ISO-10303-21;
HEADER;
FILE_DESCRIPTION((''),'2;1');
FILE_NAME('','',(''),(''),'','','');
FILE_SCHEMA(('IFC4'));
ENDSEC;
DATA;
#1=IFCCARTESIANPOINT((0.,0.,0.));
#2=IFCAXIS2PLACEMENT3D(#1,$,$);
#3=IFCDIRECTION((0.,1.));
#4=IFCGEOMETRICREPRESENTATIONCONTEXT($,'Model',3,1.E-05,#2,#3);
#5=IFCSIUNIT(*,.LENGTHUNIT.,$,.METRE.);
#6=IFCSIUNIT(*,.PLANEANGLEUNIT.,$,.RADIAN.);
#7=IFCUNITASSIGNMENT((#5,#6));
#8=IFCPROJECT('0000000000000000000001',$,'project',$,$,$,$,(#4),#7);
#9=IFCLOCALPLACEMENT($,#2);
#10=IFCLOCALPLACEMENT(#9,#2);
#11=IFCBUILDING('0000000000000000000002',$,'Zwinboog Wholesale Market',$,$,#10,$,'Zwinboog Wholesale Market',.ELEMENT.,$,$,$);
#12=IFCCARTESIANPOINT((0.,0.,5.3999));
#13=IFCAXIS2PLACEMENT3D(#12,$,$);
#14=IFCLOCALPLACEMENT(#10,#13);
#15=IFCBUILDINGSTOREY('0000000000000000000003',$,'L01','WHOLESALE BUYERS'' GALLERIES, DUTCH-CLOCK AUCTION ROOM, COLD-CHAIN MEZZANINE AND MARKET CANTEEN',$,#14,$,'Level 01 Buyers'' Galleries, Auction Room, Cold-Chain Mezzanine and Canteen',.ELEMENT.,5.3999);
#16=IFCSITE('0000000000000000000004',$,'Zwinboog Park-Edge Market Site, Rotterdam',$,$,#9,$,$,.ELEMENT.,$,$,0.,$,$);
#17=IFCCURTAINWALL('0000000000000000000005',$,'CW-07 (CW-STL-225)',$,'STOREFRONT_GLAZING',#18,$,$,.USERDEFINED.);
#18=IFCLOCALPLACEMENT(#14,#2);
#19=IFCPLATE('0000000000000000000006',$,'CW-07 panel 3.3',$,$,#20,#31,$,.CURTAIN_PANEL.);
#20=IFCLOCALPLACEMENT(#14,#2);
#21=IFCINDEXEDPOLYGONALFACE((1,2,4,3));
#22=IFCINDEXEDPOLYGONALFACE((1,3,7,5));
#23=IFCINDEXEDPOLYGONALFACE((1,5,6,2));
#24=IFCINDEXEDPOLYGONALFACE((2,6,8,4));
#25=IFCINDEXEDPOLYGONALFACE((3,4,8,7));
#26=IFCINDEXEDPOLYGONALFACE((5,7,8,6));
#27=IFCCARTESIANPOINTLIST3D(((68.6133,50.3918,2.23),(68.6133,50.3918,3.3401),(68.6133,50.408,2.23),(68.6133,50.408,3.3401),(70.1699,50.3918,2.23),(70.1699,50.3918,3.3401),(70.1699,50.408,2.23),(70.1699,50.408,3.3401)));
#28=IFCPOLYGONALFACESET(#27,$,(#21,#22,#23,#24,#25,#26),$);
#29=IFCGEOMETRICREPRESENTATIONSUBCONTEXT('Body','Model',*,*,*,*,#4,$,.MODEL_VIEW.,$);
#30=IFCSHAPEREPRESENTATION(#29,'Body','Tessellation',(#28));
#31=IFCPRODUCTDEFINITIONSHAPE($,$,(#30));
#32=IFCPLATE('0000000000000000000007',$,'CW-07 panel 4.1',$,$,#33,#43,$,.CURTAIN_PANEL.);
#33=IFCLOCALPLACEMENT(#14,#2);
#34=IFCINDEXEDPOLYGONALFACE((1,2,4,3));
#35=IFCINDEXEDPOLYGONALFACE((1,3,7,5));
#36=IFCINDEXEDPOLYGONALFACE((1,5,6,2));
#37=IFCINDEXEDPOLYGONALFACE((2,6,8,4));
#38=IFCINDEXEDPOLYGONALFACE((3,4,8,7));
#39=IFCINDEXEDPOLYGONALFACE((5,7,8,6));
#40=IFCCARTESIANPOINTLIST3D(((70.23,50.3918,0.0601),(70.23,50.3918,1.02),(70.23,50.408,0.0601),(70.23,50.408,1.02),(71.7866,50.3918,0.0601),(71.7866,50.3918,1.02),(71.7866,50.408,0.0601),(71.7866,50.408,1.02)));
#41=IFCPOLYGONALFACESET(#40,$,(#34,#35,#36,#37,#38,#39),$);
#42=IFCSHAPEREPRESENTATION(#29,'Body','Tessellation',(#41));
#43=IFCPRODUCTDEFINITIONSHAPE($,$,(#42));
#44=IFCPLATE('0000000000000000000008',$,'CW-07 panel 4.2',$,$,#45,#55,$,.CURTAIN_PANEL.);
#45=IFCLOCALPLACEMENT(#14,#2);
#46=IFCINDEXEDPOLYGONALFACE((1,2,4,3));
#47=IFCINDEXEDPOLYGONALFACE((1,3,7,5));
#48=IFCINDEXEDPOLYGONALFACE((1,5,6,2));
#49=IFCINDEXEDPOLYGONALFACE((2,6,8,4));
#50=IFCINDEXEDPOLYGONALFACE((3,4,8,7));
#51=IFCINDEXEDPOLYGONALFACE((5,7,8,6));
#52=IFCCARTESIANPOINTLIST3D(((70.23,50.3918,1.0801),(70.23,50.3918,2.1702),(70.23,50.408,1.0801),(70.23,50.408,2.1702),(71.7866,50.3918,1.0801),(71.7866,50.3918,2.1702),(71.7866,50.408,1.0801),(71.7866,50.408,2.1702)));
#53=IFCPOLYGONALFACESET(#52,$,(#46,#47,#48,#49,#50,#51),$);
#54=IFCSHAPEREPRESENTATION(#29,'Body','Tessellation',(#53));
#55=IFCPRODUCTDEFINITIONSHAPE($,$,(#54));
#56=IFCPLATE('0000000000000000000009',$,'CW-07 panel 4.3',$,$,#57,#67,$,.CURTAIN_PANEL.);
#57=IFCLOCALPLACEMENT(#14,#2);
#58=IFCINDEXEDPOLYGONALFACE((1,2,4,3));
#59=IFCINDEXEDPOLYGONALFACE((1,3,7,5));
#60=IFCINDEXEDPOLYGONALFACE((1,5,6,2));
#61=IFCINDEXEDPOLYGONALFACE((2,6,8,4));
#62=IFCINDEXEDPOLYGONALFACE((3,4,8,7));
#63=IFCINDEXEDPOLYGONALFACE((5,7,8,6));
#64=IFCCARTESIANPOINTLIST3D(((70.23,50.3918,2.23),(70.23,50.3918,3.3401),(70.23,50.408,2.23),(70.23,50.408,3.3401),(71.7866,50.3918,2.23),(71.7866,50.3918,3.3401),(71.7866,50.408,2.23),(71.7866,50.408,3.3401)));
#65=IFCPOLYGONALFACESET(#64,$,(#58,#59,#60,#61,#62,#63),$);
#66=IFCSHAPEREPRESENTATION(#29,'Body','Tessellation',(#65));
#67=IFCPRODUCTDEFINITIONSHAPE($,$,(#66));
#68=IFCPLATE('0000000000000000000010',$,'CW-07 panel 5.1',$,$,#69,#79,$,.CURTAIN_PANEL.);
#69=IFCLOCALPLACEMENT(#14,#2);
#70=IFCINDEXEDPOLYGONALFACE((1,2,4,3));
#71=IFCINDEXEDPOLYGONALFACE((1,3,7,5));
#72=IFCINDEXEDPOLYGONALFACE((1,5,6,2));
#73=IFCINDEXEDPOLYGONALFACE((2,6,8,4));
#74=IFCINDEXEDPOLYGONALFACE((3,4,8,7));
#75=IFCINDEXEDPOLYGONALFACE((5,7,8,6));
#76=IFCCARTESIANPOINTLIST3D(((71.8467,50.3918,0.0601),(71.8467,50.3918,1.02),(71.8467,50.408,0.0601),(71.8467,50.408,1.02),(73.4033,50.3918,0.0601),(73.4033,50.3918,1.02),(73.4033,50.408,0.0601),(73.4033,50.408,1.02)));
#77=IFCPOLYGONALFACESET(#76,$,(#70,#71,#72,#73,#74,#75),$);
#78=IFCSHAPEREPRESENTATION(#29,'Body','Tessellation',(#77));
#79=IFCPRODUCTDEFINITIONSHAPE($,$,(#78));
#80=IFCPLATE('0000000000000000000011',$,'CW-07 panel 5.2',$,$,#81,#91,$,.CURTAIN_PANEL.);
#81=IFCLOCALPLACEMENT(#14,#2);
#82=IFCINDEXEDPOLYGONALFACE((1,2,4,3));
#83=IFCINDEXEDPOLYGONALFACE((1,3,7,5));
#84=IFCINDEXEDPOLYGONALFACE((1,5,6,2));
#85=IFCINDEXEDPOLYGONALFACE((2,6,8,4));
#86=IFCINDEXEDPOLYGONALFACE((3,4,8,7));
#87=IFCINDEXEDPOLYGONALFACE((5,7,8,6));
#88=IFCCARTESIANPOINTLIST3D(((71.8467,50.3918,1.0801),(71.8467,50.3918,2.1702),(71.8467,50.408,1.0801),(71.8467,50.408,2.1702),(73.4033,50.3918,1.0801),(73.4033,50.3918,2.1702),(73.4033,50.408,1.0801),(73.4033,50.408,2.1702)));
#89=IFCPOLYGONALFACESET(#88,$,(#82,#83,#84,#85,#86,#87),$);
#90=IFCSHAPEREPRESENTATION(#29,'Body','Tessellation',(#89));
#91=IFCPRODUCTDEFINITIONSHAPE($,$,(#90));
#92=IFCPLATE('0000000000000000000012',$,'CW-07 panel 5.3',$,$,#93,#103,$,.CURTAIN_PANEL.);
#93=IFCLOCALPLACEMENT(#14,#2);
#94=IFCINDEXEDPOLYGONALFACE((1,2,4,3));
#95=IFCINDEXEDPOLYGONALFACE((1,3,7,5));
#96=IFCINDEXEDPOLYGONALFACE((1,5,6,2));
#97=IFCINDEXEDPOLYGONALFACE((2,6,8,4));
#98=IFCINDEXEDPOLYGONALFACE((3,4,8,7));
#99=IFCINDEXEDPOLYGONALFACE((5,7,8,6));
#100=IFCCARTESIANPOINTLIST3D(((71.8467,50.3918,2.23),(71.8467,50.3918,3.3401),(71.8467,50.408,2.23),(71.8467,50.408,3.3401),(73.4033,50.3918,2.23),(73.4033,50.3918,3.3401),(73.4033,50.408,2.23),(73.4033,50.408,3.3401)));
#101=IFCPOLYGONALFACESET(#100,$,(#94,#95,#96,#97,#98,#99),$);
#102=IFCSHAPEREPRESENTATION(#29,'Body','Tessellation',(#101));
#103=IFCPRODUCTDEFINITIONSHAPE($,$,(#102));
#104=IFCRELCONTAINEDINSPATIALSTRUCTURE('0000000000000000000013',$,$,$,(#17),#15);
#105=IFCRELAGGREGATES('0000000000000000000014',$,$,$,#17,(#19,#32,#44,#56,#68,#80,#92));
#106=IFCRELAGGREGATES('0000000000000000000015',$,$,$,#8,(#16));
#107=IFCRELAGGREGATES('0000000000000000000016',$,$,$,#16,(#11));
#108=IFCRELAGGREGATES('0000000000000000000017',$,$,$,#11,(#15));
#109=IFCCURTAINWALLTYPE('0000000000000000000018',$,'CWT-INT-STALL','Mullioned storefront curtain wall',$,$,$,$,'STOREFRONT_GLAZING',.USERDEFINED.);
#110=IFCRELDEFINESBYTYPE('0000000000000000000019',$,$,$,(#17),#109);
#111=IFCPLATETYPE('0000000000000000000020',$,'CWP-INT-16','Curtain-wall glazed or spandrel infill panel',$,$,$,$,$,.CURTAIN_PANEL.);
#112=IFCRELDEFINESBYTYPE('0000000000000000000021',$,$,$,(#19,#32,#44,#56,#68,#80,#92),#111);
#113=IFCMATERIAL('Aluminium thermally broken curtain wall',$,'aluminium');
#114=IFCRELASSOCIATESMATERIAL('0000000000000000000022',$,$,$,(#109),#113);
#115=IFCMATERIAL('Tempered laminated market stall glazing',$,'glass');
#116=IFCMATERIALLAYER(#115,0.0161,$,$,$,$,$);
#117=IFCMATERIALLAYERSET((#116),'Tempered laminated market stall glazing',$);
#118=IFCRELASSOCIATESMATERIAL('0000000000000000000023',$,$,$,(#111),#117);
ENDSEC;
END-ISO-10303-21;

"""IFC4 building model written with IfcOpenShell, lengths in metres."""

from ifc_helpers import new_model, si_unit, direction, frame, origin, origin_2d, place, context, subcontext, project, spatial, rectangle, extrude, material, layer, layer_set, type_object, element, aggregate, save


model = new_model("IFC4")

# Units and contexts
model_context = context("Model", 3, precision=1e-05, world=origin(), true_north=direction((0.0, 1.0)))
body_context = subcontext(model_context, "Body", "Model", "MODEL_VIEW")
ifc_project = project(units=[si_unit("LENGTHUNIT", "METRE"), si_unit("PLANEANGLEUNIT", "RADIAN")], contexts=[model_context])

# Site, building, storey
site_placement = place(None, origin())
site = spatial("IfcSite", under=ifc_project, at=site_placement, Name="Zwinboog Park-Edge Market Site, Rotterdam", CompositionType="ELEMENT", RefElevation=0.0)
building_placement = place(site_placement, origin())
building = spatial("IfcBuilding", under=site, at=building_placement, Name="Zwinboog Wholesale Market", LongName="Zwinboog Wholesale Market", CompositionType="ELEMENT")
storey_placement = place(building_placement, frame((0.0, 0.0, 5.3999)))
storey = spatial("IfcBuildingStorey", under=building, at=storey_placement, Name="L01", Description="WHOLESALE BUYERS' GALLERIES, DUTCH-CLOCK AUCTION ROOM, COLD-CHAIN MEZZANINE AND MARKET CANTEEN", LongName="Level 01 Buyers' Galleries, Auction Room, Cold-Chain Mezzanine and Canteen", CompositionType="ELEMENT", Elevation=5.3999)

# Curtain wall, plates
ifc_material_1 = material(Name="Aluminium thermally broken curtain wall", Category="aluminium")
curtain_wall_type = type_object("IfcCurtainWallType", Name="CWT-INT-STALL", Description="Mullioned storefront curtain wall", ElementType="STOREFRONT_GLAZING", PredefinedType="USERDEFINED", material=ifc_material_1)
curtain_wall_placement = place(storey_placement, origin())
curtain_wall = element("IfcCurtainWall", 1, at=curtain_wall_placement, inside=storey, type_object=curtain_wall_type, Name="CW-07 (CW-STL-225)", ObjectType="STOREFRONT_GLAZING", PredefinedType="USERDEFINED")
ifc_material_2 = material(Name="Tempered laminated market stall glazing", Category="glass")
ifc_layer = layer(ifc_material_2, 0.0161)
ifc_layer_set = layer_set([ifc_layer], Name="Tempered laminated market stall glazing")
plate_type = type_object("IfcPlateType", Name="CWP-INT-16", Description="Curtain-wall glazed or spandrel infill panel", PredefinedType="CURTAIN_PANEL", material=ifc_layer_set)
plate_1_placement = place(storey_placement, frame((69.3916, 50.3999, 2.23), z_axis=(0.0, 0.0, 1.0), x_axis=(1.0, 0.0, 0.0)))
plate_1 = element("IfcPlate", 2, at=plate_1_placement, type_object=plate_type, Name="CW-07 panel 3.3", PredefinedType="CURTAIN_PANEL", context=body_context, shape_type="SweptSolid", body=[
    extrude(rectangle(XDim=1.5566, YDim=0.0161, at=origin_2d()), origin(), (0.0, 0.0, 1.0), 1.1101),
])
plate_2_placement = place(storey_placement, frame((71.0083, 50.3999, 0.0601), z_axis=(0.0, 0.0, 1.0), x_axis=(1.0, 0.0, 0.0)))
plate_2 = element("IfcPlate", 3, at=plate_2_placement, type_object=plate_type, Name="CW-07 panel 4.1", PredefinedType="CURTAIN_PANEL", context=body_context, shape_type="SweptSolid", body=[
    extrude(rectangle(XDim=1.5566, YDim=0.0161, at=origin_2d()), origin(), (0.0, 0.0, 1.0), 0.96),
])
plate_3_placement = place(storey_placement, frame((71.0083, 50.3999, 1.0801), z_axis=(0.0, 0.0, 1.0), x_axis=(1.0, 0.0, 0.0)))
plate_3 = element("IfcPlate", 4, at=plate_3_placement, type_object=plate_type, Name="CW-07 panel 4.2", PredefinedType="CURTAIN_PANEL", context=body_context, shape_type="SweptSolid", body=[
    extrude(rectangle(XDim=1.5566, YDim=0.0161, at=origin_2d()), origin(), (0.0, 0.0, 1.0), 1.0901),
])
plate_4_placement = place(storey_placement, frame((71.0083, 50.3999, 2.23), z_axis=(0.0, 0.0, 1.0), x_axis=(1.0, 0.0, 0.0)))
plate_4 = element("IfcPlate", 5, at=plate_4_placement, type_object=plate_type, Name="CW-07 panel 4.3", PredefinedType="CURTAIN_PANEL", context=body_context, shape_type="SweptSolid", body=[
    extrude(rectangle(XDim=1.5566, YDim=0.0161, at=origin_2d()), origin(), (0.0, 0.0, 1.0), 1.1101),
])
plate_5_placement = place(storey_placement, frame((72.625, 50.3999, 0.0601), z_axis=(0.0, 0.0, 1.0), x_axis=(1.0, 0.0, 0.0)))
plate_5 = element("IfcPlate", 6, at=plate_5_placement, type_object=plate_type, Name="CW-07 panel 5.1", PredefinedType="CURTAIN_PANEL", context=body_context, shape_type="SweptSolid", body=[
    extrude(rectangle(XDim=1.5566, YDim=0.0161, at=origin_2d()), origin(), (0.0, 0.0, 1.0), 0.96),
])
plate_6_placement = place(storey_placement, frame((72.625, 50.3999, 1.0801), z_axis=(0.0, 0.0, 1.0), x_axis=(1.0, 0.0, 0.0)))
plate_6 = element("IfcPlate", 7, at=plate_6_placement, type_object=plate_type, Name="CW-07 panel 5.2", PredefinedType="CURTAIN_PANEL", context=body_context, shape_type="SweptSolid", body=[
    extrude(rectangle(XDim=1.5566, YDim=0.0161, at=origin_2d()), origin(), (0.0, 0.0, 1.0), 1.0901),
])
plate_7_placement = place(storey_placement, frame((72.625, 50.3999, 2.23), z_axis=(0.0, 0.0, 1.0), x_axis=(1.0, 0.0, 0.0)))
plate_7 = element("IfcPlate", 8, at=plate_7_placement, type_object=plate_type, Name="CW-07 panel 5.3", PredefinedType="CURTAIN_PANEL", context=body_context, shape_type="SweptSolid", body=[
    extrude(rectangle(XDim=1.5566, YDim=0.0161, at=origin_2d()), origin(), (0.0, 0.0, 1.0), 1.1101),
])
aggregate(curtain_wall, [plate_1, plate_2, plate_3, plate_4, plate_5, plate_6, plate_7])

save(model, "model.ifc")
